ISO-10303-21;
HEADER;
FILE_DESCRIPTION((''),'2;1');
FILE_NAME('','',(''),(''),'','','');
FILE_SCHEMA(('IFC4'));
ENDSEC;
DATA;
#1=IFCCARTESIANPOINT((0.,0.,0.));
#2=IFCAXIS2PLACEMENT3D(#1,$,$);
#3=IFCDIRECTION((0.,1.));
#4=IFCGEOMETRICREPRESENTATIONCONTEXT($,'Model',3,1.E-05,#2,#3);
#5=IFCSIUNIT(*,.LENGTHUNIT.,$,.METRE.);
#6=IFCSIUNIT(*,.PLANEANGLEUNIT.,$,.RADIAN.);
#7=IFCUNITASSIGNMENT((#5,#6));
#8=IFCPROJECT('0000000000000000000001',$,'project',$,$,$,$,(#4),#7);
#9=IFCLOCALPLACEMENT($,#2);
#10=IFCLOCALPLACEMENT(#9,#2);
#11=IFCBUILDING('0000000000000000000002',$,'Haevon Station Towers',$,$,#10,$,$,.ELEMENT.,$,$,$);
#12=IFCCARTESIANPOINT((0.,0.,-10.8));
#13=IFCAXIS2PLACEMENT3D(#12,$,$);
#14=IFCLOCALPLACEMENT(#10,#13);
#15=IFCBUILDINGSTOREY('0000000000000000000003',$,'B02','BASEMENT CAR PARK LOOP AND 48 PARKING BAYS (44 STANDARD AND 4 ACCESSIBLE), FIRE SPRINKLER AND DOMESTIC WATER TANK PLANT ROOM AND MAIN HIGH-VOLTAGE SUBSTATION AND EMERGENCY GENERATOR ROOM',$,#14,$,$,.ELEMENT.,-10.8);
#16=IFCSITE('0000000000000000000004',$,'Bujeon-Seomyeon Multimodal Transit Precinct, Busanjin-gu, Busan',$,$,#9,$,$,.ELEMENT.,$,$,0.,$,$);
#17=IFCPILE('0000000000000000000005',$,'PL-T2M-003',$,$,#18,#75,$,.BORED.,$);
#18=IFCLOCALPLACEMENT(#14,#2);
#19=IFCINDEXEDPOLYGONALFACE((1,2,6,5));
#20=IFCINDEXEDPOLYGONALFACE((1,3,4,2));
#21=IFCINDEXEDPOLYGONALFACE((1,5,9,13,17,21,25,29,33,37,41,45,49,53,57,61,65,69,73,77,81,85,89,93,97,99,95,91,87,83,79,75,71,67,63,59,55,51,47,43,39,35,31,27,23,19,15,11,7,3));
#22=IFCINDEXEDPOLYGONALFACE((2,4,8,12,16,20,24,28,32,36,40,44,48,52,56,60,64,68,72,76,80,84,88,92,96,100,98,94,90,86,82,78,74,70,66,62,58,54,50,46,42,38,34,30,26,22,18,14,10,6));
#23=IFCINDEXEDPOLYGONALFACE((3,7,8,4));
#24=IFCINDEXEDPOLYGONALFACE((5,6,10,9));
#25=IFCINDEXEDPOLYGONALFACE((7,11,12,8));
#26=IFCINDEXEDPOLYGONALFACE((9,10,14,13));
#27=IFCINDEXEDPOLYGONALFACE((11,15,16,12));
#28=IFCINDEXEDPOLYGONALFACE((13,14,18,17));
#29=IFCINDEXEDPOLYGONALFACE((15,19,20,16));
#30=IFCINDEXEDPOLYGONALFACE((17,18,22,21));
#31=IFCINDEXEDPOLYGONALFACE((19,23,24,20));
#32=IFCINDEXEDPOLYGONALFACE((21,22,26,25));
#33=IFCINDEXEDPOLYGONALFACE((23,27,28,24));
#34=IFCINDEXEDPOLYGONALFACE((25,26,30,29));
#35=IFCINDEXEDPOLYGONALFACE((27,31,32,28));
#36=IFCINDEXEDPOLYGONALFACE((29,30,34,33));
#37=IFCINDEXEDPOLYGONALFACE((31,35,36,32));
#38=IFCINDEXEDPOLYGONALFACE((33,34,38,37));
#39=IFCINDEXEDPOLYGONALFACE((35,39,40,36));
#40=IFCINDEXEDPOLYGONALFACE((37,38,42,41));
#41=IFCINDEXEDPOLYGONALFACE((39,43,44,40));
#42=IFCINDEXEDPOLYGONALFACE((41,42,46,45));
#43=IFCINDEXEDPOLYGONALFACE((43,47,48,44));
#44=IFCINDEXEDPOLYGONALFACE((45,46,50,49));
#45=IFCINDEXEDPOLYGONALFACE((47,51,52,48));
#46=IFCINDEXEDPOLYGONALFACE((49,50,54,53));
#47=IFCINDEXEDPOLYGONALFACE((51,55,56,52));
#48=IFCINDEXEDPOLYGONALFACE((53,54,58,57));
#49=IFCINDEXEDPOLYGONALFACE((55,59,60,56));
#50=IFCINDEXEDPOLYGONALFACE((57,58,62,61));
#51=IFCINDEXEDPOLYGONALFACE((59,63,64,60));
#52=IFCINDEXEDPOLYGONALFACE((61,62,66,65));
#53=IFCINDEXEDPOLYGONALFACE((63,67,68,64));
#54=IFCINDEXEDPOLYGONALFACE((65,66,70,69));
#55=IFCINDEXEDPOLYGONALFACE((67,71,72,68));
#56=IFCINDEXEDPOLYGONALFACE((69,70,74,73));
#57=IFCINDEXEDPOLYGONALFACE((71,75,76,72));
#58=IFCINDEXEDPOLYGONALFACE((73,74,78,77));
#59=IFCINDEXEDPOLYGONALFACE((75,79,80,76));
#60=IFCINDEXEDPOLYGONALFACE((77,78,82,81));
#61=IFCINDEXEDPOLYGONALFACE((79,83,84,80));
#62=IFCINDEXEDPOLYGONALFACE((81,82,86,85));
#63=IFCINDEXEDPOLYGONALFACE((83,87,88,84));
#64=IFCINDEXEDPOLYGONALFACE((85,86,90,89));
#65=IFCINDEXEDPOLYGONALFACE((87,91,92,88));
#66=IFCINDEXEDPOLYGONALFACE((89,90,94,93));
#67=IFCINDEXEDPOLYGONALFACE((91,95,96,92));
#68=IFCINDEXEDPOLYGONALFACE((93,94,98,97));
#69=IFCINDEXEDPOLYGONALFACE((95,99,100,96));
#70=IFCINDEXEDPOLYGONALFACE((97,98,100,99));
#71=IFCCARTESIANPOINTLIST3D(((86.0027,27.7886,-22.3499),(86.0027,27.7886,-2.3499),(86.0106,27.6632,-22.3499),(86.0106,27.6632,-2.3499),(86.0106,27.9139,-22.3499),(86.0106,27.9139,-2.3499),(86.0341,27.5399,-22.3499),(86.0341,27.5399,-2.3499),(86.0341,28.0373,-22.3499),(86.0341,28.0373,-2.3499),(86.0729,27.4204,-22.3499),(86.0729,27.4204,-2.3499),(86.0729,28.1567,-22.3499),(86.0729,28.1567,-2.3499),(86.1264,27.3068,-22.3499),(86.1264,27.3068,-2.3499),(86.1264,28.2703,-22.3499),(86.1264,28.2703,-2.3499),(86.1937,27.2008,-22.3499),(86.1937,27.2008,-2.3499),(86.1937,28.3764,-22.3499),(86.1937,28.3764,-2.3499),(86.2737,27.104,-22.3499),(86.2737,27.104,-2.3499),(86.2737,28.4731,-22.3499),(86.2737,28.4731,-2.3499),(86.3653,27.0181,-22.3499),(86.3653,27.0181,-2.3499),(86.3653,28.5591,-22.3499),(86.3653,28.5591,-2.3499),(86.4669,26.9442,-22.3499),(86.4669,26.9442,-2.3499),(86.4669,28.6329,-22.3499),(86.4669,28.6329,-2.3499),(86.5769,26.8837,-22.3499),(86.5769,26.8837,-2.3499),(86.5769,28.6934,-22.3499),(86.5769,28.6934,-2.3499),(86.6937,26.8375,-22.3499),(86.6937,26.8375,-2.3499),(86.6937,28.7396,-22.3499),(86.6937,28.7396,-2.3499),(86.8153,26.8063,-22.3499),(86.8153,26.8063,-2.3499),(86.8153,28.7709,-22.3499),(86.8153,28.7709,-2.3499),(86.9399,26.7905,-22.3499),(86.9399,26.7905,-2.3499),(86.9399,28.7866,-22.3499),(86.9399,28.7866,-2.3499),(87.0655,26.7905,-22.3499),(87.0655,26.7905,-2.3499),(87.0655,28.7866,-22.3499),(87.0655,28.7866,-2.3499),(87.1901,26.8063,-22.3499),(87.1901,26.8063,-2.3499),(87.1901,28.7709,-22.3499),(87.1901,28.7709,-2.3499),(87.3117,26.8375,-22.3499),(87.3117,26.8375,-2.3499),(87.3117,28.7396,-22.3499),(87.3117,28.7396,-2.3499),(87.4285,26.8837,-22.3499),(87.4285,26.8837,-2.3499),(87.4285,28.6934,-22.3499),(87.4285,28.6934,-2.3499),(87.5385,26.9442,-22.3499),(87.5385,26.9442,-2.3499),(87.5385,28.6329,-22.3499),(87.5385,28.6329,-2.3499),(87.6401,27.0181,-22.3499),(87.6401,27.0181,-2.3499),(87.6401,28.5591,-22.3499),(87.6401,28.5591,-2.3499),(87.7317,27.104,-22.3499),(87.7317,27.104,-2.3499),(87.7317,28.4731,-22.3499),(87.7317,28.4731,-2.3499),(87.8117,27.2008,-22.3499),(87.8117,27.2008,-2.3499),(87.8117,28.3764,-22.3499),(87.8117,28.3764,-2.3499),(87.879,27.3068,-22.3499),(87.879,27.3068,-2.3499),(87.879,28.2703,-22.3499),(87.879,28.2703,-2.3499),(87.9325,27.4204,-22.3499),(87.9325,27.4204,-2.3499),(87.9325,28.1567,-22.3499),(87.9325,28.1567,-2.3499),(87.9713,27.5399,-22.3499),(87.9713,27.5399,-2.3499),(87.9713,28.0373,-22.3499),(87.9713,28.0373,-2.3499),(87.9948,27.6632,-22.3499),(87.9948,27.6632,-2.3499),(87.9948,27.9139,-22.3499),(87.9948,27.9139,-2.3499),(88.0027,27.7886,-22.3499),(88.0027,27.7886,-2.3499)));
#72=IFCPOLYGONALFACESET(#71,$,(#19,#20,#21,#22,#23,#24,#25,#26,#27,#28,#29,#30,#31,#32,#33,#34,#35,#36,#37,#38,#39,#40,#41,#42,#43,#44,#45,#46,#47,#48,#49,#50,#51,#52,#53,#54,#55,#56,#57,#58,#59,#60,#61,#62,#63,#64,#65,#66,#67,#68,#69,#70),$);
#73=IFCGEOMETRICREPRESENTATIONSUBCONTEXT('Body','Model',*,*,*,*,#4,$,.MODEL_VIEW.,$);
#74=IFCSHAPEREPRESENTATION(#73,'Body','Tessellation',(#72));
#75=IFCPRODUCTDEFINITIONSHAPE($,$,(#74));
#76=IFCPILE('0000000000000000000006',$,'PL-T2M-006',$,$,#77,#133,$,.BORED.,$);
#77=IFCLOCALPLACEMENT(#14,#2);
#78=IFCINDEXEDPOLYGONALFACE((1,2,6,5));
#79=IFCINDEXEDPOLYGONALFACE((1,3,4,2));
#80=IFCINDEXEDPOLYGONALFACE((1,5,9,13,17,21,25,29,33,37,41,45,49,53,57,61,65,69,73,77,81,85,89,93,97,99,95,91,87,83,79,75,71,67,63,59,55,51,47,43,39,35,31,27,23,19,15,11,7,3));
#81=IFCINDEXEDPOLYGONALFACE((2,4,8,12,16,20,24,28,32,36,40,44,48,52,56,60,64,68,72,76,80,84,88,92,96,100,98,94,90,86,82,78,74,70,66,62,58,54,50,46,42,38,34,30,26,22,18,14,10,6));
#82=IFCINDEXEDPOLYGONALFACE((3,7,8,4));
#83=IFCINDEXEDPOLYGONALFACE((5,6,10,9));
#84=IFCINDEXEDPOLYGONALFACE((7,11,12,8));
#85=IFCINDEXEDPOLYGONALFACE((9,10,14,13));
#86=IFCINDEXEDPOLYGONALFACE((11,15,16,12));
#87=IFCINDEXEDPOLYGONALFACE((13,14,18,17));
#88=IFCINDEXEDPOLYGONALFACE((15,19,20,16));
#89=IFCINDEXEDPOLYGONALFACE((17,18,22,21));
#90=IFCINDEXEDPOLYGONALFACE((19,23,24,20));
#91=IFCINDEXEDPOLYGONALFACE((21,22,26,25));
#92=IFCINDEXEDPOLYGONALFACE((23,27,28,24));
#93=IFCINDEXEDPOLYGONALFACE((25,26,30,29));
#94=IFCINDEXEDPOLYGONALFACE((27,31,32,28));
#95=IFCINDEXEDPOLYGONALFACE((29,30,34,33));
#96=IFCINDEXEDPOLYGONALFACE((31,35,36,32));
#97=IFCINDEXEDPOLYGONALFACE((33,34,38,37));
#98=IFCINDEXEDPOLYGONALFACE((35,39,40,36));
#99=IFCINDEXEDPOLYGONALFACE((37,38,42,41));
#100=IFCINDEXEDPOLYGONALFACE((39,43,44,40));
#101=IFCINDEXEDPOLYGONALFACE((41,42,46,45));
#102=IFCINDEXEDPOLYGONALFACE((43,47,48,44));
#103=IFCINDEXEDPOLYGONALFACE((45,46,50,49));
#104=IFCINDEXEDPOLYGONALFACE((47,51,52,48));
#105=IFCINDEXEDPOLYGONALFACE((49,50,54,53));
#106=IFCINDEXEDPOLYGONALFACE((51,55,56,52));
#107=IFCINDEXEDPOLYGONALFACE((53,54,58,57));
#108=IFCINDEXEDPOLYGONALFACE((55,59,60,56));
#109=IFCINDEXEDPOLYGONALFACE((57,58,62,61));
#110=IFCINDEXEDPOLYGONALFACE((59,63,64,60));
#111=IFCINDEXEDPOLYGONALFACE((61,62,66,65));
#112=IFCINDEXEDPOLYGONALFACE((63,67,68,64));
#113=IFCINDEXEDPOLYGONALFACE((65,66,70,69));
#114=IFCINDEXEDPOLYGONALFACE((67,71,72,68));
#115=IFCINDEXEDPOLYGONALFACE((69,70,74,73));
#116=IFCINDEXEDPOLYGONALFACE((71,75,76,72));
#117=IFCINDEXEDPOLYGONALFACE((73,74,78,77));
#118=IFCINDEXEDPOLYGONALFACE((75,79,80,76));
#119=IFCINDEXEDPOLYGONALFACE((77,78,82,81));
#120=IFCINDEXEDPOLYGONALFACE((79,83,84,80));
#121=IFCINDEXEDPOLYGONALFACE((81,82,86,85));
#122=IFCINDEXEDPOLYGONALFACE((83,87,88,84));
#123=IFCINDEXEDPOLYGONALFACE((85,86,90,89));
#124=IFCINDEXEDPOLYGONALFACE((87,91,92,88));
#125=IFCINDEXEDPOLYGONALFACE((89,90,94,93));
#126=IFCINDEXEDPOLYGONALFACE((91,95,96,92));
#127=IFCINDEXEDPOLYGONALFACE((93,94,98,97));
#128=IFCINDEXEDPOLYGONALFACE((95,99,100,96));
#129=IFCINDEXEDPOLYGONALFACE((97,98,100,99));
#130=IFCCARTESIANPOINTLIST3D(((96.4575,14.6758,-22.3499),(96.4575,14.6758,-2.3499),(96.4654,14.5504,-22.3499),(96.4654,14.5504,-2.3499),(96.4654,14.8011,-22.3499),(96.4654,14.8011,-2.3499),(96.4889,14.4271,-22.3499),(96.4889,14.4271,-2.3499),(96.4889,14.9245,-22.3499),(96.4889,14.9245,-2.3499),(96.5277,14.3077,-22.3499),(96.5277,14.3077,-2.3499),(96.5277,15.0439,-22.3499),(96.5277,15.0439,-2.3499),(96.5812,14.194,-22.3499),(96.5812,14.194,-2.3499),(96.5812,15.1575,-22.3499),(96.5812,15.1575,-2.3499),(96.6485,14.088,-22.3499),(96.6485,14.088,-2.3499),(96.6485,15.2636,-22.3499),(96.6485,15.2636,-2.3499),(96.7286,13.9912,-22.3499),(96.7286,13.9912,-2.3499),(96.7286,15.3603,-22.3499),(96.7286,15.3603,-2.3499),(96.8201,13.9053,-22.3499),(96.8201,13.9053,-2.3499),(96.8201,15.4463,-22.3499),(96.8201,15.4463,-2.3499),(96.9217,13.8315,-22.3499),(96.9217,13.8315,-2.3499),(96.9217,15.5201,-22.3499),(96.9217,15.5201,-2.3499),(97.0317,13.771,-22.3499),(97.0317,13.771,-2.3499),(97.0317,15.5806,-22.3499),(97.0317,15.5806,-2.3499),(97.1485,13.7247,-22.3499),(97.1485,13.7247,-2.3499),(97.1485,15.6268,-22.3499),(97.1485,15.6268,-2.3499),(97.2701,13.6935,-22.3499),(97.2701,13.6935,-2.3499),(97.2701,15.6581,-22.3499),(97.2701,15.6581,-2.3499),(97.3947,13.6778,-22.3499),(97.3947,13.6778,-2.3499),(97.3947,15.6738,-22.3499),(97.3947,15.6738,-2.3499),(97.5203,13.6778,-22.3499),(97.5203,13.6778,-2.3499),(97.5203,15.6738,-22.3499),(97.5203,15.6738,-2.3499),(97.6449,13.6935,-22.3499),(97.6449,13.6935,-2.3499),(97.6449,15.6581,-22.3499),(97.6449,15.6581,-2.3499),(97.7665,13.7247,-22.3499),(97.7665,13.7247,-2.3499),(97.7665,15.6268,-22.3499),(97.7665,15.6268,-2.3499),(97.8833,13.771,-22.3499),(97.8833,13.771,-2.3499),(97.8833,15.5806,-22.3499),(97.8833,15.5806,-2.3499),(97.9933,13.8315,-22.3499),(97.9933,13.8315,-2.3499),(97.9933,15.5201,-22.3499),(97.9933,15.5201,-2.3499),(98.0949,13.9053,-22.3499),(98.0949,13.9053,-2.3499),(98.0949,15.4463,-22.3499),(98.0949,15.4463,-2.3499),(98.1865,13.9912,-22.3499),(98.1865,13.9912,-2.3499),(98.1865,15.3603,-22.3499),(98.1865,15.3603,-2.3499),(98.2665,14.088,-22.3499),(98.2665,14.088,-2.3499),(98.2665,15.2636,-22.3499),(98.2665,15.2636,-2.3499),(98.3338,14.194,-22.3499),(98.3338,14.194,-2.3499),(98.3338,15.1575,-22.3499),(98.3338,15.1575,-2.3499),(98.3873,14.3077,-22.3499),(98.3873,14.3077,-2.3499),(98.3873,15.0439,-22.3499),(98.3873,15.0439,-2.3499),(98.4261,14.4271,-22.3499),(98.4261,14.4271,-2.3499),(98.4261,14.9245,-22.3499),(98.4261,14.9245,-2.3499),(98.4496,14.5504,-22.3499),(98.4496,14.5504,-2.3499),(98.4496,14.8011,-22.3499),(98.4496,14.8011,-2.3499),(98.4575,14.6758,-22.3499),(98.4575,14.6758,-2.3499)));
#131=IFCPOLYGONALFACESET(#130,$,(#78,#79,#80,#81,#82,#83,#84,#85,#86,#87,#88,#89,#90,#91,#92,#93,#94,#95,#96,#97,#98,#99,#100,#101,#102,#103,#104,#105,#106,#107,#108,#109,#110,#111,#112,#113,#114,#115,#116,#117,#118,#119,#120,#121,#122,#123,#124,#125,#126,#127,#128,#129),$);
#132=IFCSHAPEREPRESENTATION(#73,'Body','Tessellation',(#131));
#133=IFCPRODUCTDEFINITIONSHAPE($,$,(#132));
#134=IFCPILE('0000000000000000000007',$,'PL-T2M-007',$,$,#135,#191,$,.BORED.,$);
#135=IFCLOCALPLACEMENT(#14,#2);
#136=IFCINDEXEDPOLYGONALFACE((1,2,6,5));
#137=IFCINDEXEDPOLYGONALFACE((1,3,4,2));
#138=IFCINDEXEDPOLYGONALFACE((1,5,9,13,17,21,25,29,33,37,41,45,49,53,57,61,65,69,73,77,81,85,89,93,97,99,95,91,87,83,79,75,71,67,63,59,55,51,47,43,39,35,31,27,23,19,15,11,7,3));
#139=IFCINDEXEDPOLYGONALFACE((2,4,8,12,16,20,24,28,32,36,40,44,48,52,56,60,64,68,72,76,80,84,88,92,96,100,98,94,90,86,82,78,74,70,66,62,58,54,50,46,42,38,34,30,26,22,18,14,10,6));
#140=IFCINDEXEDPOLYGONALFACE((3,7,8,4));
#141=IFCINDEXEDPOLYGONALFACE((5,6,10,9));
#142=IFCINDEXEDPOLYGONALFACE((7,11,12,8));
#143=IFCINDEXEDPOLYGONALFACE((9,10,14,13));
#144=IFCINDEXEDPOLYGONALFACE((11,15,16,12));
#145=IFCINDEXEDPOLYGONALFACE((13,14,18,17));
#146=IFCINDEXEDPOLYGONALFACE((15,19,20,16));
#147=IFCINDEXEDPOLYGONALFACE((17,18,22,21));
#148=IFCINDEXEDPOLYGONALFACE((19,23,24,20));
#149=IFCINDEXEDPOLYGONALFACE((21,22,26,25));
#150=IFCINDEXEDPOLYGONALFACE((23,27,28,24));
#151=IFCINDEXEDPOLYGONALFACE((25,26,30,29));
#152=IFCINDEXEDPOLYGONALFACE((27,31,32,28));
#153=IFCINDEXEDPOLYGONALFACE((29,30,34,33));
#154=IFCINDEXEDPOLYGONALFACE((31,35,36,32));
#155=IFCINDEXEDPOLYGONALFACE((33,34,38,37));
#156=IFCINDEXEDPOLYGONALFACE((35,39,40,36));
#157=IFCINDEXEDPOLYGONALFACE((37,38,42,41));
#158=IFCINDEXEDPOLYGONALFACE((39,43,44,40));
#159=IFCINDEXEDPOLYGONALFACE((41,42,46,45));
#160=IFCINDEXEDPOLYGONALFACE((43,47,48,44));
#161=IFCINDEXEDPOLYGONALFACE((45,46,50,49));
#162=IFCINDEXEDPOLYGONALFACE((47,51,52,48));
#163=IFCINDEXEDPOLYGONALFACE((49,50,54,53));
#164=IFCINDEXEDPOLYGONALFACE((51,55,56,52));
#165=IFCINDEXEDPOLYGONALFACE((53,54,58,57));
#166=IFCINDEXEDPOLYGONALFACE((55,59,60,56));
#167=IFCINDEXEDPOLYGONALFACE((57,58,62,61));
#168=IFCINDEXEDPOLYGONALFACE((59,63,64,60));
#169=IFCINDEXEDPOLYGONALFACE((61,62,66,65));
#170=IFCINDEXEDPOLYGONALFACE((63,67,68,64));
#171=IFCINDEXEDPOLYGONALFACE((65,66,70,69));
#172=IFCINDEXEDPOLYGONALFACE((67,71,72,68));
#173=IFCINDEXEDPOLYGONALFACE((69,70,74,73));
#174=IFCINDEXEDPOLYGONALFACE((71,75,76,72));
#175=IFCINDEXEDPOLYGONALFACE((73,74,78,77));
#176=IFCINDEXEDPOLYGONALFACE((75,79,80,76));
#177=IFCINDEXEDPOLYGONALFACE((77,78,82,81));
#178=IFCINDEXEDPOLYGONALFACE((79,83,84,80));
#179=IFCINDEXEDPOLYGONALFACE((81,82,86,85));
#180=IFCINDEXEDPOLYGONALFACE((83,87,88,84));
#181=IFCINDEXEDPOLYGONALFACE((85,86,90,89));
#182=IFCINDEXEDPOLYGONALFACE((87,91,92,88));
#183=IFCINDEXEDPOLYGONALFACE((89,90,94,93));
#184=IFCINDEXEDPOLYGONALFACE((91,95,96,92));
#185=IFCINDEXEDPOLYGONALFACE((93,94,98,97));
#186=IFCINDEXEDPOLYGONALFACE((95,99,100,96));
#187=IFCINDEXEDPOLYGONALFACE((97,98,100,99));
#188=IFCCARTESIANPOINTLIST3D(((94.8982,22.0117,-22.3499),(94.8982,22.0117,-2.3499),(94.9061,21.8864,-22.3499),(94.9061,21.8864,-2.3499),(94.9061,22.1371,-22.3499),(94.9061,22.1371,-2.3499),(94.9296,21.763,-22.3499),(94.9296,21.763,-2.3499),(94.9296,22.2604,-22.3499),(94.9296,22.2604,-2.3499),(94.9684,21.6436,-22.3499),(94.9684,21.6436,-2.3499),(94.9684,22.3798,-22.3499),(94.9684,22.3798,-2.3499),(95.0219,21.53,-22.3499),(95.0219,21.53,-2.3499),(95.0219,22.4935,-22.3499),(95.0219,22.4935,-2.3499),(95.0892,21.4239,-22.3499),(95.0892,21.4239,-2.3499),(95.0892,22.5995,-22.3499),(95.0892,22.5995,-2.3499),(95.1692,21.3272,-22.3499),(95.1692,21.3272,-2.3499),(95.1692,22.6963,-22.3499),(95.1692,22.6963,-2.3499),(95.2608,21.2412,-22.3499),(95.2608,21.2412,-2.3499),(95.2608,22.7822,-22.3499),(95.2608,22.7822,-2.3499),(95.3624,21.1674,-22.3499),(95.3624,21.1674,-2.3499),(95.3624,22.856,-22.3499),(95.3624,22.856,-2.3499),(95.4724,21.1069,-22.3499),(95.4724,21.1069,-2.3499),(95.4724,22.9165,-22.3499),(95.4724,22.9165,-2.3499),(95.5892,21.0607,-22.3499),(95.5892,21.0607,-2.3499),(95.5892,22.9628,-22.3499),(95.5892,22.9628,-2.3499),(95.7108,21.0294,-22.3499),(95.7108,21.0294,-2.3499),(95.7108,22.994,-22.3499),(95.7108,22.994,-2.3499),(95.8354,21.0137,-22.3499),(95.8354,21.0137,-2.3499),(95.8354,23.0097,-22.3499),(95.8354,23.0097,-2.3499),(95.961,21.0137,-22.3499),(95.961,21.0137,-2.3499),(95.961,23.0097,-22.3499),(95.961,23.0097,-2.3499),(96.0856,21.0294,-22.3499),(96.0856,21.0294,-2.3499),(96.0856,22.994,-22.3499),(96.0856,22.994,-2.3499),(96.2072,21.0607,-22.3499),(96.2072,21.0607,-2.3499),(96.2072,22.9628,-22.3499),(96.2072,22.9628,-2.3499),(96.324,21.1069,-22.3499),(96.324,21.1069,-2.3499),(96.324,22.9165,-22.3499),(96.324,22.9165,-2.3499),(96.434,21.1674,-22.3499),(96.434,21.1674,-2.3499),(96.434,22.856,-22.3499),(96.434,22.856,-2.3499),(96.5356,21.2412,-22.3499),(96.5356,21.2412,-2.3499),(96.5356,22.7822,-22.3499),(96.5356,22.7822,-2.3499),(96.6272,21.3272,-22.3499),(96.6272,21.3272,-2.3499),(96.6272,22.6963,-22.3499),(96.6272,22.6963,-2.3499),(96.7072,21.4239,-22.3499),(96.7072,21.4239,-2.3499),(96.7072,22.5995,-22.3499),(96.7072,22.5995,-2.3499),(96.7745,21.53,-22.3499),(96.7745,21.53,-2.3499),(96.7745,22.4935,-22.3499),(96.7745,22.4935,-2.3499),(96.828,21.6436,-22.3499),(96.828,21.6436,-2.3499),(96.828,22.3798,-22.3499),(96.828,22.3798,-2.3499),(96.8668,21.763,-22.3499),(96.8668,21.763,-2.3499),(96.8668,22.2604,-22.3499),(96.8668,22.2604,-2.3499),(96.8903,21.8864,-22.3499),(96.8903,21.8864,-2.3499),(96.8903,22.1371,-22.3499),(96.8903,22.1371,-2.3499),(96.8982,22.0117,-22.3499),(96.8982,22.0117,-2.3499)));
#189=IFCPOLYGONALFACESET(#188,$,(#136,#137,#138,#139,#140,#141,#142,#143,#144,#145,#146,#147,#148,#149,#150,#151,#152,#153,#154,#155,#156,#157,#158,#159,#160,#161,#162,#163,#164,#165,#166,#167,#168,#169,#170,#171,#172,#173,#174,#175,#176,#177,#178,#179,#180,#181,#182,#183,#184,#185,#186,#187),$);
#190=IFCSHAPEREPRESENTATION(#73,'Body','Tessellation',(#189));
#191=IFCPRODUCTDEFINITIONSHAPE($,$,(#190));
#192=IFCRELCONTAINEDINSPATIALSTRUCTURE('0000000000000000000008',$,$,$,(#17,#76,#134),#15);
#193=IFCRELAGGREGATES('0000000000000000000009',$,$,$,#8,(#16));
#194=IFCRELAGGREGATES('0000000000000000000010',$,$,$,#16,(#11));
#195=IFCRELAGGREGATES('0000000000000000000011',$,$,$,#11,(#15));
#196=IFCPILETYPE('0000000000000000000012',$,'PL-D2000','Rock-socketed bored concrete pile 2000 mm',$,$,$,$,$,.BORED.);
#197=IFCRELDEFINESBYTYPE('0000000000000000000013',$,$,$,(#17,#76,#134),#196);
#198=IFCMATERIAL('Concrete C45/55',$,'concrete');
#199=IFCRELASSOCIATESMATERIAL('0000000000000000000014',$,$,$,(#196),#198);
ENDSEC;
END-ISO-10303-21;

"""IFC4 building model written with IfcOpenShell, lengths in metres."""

from ifc_helpers import new_model, si_unit, direction, frame, origin, origin_2d, place, context, subcontext, project, spatial, circle, extrude, material, material_profile, profile_set, type_object, element, save


model = new_model("IFC4")

# Units and contexts
model_context = context("Model", 3, precision=1e-05, world=origin(), true_north=direction((0.0, 1.0)))
body_context = subcontext(model_context, "Body", "Model", "MODEL_VIEW")
ifc_project = project(units=[si_unit("LENGTHUNIT", "METRE"), si_unit("PLANEANGLEUNIT", "RADIAN")], contexts=[model_context])

# Site, building, storey
site_placement = place(None, origin())
site = spatial("IfcSite", under=ifc_project, at=site_placement, Name="Bujeon-Seomyeon Multimodal Transit Precinct, Busanjin-gu, Busan", CompositionType="ELEMENT", RefElevation=0.0)
building_placement = place(site_placement, origin())
building = spatial("IfcBuilding", under=site, at=building_placement, Name="Haevon Station Towers", CompositionType="ELEMENT")
storey_placement = place(building_placement, frame((0.0, 0.0, -10.8)))
storey = spatial("IfcBuildingStorey", under=building, at=storey_placement, Name="B02", Description="BASEMENT CAR PARK LOOP AND 48 PARKING BAYS (44 STANDARD AND 4 ACCESSIBLE), FIRE SPRINKLER AND DOMESTIC WATER TANK PLANT ROOM AND MAIN HIGH-VOLTAGE SUBSTATION AND EMERGENCY GENERATOR ROOM", CompositionType="ELEMENT", Elevation=-10.8)

# Piles
ifc_material_1 = material(Name="Concrete C45/55", Category="concrete")
ifc_material_profile_1 = material_profile(ifc_material_1, circle(Radius=1.0, at=origin_2d()), Name="PILE-D2000")
ifc_profile_set_1 = profile_set([ifc_material_profile_1], Name="Concrete C45/55")
pile_type_1 = type_object("IfcPileType", Name="PL-D2000", Description="Rock-socketed bored concrete pile 2000 mm", PredefinedType="BORED", material=ifc_profile_set_1)
for number, where, z_axis, x_axis, name in (
    (1, (87.0027, 27.7886, -2.3499), (0.0, 0.0, -1.0), (1.0, 0.0, 0.0), "PL-T2M-003"),
    (2, (97.4575, 14.6758, -2.3499), (0.0, 0.0, -1.0), (1.0, 0.0, 0.0), "PL-T2M-006"),
    (3, (95.8982, 22.0117, -2.3499), (0.0, 0.0, -1.0), (1.0, 0.0, 0.0), "PL-T2M-007"),
):
    element("IfcPile", number, at=place(storey_placement, frame(where, z_axis=z_axis, x_axis=x_axis)), inside=storey, type_object=pile_type_1, Name=name, PredefinedType="BORED", context=body_context, shape_type="SweptSolid", body=[
        extrude(circle(Radius=1.0, at=origin_2d()), origin(), (0.0, 0.0, 1.0), 20.0),
    ])

save(model, "model.ifc")
